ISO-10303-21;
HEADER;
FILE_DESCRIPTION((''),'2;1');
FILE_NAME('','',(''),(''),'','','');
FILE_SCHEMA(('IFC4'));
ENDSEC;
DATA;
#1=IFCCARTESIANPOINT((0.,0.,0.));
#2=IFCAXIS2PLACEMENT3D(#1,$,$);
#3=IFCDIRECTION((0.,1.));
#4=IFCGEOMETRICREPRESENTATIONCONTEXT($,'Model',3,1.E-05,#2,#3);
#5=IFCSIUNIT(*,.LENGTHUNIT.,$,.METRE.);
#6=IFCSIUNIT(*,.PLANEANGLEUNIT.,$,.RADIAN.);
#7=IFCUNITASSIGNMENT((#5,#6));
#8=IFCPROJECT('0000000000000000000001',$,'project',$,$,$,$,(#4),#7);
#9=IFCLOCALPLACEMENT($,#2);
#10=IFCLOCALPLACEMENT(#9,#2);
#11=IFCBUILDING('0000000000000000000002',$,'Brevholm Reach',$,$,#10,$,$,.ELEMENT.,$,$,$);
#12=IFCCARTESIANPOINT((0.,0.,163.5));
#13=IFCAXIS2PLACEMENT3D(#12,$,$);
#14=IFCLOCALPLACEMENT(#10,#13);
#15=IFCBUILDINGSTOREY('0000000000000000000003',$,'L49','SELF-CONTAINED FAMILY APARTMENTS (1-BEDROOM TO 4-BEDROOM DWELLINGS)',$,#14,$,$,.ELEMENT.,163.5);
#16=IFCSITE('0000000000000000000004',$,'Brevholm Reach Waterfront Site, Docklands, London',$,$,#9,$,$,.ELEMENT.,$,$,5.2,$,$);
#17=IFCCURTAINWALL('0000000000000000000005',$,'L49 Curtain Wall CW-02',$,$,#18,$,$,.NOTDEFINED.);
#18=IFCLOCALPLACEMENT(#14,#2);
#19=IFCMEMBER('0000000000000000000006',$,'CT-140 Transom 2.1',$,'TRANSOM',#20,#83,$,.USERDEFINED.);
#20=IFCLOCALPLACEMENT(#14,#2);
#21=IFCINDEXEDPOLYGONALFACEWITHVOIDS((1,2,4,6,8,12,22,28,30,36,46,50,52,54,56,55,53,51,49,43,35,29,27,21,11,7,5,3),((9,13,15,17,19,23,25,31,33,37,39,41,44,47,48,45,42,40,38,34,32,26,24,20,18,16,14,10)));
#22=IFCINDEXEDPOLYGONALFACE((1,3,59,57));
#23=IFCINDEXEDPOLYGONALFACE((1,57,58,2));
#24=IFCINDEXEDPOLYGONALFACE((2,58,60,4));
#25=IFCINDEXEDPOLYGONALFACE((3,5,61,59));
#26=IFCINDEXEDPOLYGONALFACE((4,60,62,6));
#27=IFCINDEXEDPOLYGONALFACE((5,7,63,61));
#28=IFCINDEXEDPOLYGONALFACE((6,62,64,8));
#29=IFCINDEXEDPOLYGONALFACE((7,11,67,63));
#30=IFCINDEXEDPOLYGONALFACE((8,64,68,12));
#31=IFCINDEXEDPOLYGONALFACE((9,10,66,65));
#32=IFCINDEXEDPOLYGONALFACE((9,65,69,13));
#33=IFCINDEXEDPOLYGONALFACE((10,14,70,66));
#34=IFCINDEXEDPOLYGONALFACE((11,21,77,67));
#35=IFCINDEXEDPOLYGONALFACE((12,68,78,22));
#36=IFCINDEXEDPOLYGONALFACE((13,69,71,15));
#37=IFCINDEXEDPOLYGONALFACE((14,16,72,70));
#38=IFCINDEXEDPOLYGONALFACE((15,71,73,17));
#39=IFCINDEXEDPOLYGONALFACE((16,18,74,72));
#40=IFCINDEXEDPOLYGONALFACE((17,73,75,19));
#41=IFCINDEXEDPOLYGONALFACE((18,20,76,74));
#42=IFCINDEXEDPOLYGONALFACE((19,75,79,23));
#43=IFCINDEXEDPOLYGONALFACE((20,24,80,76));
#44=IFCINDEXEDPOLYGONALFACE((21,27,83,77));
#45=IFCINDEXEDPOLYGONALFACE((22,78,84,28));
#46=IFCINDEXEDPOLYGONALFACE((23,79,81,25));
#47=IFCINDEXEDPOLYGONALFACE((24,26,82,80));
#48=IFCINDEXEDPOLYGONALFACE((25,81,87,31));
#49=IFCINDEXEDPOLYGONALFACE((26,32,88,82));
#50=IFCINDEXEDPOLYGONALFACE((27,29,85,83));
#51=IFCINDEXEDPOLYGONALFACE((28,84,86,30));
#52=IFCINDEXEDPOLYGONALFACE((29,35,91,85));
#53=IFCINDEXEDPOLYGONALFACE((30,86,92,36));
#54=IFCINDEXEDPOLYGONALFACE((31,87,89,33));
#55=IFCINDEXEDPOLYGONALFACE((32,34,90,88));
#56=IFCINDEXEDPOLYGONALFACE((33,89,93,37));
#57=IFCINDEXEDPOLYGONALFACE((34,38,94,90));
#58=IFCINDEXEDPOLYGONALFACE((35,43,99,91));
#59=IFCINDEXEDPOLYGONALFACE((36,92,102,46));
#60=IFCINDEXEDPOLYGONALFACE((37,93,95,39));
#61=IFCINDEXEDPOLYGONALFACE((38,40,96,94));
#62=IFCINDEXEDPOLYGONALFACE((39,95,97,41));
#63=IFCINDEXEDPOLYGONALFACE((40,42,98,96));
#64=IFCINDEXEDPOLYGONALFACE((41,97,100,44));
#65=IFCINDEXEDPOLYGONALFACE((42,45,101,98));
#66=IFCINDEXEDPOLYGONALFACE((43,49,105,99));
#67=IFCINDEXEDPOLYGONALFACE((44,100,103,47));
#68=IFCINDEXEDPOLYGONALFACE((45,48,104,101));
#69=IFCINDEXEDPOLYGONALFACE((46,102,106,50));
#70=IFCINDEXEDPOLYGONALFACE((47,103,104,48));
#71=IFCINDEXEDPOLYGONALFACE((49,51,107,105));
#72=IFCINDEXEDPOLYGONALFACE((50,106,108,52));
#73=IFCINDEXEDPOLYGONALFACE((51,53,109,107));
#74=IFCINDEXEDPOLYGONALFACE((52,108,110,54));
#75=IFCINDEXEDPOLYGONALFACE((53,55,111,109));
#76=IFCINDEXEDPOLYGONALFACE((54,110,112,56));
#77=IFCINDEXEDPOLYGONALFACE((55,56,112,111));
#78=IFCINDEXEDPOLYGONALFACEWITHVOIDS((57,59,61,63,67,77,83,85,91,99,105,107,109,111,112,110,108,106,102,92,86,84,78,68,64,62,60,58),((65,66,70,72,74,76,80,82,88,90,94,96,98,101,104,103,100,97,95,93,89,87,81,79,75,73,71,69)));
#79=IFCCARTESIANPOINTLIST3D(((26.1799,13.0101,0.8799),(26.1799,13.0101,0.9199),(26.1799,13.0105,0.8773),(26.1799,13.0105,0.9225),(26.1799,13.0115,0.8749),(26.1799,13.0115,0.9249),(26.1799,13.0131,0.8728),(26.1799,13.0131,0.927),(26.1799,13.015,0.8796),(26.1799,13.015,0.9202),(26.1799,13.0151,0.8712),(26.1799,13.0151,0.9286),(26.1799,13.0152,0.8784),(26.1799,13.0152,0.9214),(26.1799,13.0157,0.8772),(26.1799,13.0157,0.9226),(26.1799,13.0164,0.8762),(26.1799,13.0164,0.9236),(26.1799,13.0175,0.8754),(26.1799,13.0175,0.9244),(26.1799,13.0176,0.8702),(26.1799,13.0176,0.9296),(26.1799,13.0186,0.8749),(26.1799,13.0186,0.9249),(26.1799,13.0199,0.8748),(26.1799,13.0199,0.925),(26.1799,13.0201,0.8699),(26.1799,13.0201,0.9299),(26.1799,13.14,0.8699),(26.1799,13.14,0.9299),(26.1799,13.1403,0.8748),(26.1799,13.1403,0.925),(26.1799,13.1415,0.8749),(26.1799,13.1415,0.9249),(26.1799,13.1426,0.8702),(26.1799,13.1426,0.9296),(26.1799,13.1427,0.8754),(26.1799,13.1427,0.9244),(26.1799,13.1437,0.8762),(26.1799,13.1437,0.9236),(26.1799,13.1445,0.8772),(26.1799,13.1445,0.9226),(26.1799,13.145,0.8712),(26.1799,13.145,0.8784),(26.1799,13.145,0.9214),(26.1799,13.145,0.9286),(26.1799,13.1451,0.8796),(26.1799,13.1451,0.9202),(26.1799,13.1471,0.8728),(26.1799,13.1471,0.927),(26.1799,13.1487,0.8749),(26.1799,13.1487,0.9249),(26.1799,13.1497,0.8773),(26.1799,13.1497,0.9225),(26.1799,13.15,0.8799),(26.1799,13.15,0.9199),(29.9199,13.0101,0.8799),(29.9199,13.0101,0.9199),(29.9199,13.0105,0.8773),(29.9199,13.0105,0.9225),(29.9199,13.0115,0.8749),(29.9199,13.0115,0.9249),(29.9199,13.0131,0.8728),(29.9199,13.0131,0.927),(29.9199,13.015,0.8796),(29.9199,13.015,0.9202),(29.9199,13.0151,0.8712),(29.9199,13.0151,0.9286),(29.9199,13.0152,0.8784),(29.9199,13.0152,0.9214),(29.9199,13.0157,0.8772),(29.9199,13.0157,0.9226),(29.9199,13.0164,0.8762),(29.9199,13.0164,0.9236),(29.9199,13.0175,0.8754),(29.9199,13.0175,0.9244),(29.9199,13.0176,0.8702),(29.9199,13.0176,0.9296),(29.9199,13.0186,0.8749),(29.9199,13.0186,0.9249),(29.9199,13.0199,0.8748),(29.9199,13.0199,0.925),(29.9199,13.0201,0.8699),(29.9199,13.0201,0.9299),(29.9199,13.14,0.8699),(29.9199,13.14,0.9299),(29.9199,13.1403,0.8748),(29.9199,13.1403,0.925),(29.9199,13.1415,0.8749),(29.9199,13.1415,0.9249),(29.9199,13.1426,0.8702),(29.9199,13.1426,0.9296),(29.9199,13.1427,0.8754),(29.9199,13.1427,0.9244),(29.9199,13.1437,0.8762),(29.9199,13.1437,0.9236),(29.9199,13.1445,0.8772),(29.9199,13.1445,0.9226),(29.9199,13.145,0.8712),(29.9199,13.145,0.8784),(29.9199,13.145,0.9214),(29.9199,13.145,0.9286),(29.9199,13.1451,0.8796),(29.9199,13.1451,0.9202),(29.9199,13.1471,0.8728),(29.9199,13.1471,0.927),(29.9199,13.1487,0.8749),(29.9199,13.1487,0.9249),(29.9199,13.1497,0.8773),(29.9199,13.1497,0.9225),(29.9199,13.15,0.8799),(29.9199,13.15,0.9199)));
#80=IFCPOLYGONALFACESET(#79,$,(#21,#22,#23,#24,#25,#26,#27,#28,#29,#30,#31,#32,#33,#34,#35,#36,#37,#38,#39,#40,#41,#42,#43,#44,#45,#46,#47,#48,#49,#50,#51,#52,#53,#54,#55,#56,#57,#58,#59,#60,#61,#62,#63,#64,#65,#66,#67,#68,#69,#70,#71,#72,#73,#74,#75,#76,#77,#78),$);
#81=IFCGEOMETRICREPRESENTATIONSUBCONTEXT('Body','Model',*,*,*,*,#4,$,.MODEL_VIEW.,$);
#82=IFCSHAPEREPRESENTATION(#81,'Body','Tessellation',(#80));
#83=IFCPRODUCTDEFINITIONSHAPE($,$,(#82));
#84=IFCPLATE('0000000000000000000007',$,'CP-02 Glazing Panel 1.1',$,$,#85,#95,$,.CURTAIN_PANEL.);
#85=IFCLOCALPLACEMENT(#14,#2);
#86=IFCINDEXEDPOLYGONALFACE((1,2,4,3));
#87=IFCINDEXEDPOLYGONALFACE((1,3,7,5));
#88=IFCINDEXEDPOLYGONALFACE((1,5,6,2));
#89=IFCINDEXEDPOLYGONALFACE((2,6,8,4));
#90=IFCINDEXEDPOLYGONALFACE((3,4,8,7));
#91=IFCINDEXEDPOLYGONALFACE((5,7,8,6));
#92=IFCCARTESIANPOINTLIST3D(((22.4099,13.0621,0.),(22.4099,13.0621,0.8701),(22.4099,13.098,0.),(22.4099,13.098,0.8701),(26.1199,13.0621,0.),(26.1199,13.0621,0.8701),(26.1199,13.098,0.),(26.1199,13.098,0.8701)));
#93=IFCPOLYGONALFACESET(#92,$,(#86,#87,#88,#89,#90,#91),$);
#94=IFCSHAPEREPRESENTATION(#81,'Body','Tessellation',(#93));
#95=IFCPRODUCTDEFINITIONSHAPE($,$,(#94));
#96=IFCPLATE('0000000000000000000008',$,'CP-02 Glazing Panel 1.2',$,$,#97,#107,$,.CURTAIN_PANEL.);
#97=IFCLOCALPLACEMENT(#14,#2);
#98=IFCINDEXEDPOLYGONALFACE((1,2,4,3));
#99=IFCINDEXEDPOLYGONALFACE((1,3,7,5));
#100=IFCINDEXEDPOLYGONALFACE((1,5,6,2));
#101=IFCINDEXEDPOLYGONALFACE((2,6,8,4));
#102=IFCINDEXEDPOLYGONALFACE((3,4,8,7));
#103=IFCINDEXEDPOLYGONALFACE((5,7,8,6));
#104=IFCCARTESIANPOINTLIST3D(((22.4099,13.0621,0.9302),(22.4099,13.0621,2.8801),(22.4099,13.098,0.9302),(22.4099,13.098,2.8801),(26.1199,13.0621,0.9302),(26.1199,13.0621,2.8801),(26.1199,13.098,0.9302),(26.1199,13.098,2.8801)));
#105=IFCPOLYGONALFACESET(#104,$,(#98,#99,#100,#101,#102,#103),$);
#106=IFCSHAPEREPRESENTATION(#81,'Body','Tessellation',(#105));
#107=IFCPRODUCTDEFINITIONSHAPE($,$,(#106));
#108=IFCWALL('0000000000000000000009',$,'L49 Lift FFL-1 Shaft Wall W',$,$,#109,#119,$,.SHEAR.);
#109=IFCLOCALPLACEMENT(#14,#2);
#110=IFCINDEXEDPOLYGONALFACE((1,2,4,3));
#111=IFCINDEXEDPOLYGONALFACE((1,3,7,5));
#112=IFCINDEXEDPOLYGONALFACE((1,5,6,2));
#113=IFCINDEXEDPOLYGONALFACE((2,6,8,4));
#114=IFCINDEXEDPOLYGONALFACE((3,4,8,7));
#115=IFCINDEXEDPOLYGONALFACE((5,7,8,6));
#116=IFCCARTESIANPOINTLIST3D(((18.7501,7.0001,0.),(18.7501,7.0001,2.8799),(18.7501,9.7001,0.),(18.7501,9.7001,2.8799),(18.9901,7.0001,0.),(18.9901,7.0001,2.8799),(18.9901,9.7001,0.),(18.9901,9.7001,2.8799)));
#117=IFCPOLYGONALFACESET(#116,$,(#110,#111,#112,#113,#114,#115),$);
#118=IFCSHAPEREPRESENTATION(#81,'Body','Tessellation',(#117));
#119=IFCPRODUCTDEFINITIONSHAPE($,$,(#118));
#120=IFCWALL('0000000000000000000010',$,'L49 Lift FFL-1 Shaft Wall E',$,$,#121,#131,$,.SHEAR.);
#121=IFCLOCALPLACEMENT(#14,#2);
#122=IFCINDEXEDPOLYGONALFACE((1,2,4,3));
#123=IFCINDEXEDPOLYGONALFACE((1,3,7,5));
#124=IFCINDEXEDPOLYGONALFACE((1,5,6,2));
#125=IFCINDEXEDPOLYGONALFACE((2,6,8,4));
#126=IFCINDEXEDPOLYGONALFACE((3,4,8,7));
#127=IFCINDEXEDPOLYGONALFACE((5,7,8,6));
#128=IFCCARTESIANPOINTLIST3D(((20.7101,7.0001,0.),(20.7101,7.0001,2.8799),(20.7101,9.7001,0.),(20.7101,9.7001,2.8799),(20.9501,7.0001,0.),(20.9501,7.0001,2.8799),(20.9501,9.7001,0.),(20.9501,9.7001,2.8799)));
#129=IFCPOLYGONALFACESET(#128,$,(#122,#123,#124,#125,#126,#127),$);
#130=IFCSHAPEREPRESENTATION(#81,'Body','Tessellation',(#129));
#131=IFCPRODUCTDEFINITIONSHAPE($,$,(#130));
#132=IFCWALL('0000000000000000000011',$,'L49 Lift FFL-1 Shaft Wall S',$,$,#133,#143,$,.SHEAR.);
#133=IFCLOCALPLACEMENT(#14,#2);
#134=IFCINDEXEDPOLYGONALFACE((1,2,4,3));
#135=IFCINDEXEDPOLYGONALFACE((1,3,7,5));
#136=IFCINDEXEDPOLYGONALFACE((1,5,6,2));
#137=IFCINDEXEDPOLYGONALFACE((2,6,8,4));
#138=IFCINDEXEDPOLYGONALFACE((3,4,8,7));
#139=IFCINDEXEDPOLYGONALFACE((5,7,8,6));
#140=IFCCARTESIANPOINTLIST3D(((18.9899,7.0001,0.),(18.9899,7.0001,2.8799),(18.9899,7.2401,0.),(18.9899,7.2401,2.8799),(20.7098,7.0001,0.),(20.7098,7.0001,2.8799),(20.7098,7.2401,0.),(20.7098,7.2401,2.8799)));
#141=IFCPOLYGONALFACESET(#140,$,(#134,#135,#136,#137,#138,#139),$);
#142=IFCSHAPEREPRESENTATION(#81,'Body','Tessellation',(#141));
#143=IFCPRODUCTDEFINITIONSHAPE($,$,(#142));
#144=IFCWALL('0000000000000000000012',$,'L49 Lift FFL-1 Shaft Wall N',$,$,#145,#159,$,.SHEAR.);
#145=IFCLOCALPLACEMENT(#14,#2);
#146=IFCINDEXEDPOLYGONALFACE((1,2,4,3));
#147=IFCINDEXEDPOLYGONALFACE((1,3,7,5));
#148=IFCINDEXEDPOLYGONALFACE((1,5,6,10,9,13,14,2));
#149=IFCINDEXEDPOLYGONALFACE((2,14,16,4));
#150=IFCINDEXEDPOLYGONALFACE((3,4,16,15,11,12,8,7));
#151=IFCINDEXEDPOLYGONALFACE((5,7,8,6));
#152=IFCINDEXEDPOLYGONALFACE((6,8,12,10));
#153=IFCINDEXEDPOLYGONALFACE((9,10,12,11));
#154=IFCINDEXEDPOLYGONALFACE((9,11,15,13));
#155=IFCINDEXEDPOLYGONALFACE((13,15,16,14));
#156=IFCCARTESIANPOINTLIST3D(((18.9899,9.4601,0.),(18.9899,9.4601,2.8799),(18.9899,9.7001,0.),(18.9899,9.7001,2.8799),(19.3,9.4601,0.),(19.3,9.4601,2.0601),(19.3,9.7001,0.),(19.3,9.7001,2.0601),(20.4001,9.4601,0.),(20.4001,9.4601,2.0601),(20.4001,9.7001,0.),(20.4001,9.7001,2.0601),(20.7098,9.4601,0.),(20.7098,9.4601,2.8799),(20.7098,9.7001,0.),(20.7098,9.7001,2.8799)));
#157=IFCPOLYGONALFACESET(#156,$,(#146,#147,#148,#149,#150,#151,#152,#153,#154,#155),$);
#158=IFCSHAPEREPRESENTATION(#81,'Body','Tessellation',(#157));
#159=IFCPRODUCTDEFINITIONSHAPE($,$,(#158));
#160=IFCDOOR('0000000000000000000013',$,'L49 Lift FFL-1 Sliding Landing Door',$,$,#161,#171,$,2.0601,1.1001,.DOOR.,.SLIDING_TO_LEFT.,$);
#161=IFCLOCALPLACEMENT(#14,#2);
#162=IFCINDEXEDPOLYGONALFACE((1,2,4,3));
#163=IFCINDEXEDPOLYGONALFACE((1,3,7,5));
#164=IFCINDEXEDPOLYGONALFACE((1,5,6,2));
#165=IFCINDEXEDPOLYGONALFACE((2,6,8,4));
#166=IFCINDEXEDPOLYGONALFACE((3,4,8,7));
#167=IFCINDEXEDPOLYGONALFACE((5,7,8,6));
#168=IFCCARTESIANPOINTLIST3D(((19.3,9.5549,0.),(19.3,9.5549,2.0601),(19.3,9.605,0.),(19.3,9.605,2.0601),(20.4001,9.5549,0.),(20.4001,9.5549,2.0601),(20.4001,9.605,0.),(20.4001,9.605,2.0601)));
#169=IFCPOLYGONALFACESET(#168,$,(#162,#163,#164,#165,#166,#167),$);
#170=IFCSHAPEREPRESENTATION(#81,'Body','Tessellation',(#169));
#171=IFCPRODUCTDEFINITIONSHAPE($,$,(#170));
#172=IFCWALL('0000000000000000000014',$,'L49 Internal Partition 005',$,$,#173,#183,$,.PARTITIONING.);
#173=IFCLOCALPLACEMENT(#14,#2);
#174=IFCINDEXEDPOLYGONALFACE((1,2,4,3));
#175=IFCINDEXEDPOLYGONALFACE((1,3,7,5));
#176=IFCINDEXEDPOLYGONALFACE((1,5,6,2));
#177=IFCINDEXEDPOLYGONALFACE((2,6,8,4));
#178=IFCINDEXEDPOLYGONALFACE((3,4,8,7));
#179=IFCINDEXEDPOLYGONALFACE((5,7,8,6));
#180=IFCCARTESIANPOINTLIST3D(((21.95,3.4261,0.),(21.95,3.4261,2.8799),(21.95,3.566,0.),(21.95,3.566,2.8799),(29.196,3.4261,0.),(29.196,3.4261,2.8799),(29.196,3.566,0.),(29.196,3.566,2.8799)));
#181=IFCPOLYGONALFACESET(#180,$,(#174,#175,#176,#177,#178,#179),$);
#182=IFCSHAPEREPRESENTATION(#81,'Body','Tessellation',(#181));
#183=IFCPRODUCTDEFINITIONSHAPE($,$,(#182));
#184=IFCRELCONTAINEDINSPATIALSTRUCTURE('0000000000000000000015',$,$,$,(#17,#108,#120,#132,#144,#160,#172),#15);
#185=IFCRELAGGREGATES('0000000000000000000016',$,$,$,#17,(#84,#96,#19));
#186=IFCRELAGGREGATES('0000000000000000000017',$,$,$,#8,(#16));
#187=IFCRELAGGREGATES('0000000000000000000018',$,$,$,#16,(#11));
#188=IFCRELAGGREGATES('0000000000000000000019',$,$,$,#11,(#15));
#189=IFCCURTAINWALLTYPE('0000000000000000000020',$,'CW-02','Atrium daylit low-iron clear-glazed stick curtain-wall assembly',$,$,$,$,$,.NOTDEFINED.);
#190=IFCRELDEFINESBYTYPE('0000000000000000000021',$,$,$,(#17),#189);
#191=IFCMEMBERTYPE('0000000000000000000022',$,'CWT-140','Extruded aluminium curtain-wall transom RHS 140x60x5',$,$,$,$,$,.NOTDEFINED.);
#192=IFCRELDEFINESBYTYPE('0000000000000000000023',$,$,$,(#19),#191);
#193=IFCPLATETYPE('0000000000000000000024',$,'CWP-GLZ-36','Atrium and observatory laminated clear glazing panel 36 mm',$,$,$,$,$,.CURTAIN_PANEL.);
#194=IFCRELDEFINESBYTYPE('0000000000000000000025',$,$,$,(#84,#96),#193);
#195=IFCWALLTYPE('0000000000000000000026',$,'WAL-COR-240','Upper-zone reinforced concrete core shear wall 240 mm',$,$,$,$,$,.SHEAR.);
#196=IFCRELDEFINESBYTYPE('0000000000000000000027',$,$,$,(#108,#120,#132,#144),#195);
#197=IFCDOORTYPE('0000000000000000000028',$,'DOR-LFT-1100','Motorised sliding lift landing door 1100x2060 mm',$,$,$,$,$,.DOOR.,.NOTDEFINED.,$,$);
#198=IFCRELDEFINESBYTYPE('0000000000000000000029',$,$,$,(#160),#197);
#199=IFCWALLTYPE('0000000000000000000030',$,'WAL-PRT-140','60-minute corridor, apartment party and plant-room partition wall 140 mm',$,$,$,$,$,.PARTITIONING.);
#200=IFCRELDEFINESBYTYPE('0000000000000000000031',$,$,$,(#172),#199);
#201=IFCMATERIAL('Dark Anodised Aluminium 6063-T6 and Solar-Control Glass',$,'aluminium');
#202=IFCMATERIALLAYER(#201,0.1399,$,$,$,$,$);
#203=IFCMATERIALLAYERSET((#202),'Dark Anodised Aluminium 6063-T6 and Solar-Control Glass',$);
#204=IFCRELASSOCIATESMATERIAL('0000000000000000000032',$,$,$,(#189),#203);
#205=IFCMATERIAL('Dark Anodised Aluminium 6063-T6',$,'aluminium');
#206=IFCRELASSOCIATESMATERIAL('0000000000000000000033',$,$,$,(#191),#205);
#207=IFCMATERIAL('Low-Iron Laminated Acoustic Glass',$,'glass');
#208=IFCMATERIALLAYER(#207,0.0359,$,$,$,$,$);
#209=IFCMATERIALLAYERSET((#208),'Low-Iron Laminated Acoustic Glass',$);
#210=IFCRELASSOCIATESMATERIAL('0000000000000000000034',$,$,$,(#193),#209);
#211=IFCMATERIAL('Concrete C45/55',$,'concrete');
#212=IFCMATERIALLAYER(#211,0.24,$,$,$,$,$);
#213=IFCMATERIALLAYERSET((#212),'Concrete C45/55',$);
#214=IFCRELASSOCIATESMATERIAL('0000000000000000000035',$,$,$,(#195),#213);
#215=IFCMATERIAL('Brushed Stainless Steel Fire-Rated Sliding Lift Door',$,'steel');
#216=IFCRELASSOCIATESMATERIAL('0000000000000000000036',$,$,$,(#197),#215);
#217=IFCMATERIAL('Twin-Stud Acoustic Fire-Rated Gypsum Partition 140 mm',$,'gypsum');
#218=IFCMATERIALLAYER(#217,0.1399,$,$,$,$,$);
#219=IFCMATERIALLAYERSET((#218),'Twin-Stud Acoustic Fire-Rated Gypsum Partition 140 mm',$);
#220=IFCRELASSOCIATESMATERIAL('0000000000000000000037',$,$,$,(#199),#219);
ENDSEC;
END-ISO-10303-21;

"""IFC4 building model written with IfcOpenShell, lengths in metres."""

from ifc_helpers import new_model, si_unit, direction, frame, frame_2d, origin, origin_2d, place, context, subcontext, project, spatial, rectangle, hollow_rectangle, extrude, material, layer, layer_set, material_profile, profile_set, type_object, element, fill, aggregate, save


model = new_model("IFC4")

# Units and contexts
model_context = context("Model", 3, precision=1e-05, world=origin(), true_north=direction((0.0, 1.0)))
body_context = subcontext(model_context, "Body", "Model", "MODEL_VIEW")
ifc_project = project(units=[si_unit("LENGTHUNIT", "METRE"), si_unit("PLANEANGLEUNIT", "RADIAN")], contexts=[model_context])

# Site, building, storey
site_placement = place(None, origin())
site = spatial("IfcSite", under=ifc_project, at=site_placement, Name="Brevholm Reach Waterfront Site, Docklands, London", CompositionType="ELEMENT", RefElevation=5.2)
building_placement = place(site_placement, origin())
building = spatial("IfcBuilding", under=site, at=building_placement, Name="Brevholm Reach", CompositionType="ELEMENT")
storey_placement = place(building_placement, frame((0.0, 0.0, 163.5)))
storey = spatial("IfcBuildingStorey", under=building, at=storey_placement, Name="L49", Description="SELF-CONTAINED FAMILY APARTMENTS (1-BEDROOM TO 4-BEDROOM DWELLINGS)", CompositionType="ELEMENT", Elevation=163.5)

# Curtain wall, member, plates
ifc_material_1 = material(Name="Dark Anodised Aluminium 6063-T6 and Solar-Control Glass", Category="aluminium")
ifc_layer_1 = layer(ifc_material_1, 0.1399)
ifc_layer_set_1 = layer_set([ifc_layer_1], Name="Dark Anodised Aluminium 6063-T6 and Solar-Control Glass")
curtain_wall_type = type_object("IfcCurtainWallType", Name="CW-02", Description="Atrium daylit low-iron clear-glazed stick curtain-wall assembly", PredefinedType="NOTDEFINED", material=ifc_layer_set_1)
curtain_wall_placement = place(storey_placement, origin())
curtain_wall = element("IfcCurtainWall", 1, at=curtain_wall_placement, inside=storey, type_object=curtain_wall_type, Name="L49 Curtain Wall CW-02", PredefinedType="NOTDEFINED")
ifc_material_2 = material(Name="Dark Anodised Aluminium 6063-T6", Category="aluminium")
ifc_material_profile_1 = material_profile(ifc_material_2, hollow_rectangle(XDim=0.0601, YDim=0.1399, WallThickness=0.0049, InnerFilletRadius=0.0049, OuterFilletRadius=0.01, at=origin_2d()), Name="RHS 140x60x5")
ifc_profile_set_1 = profile_set([ifc_material_profile_1], Name="Dark Anodised Aluminium 6063-T6")
member_type_1 = type_object("IfcMemberType", Name="CWT-140", Description="Extruded aluminium curtain-wall transom RHS 140x60x5", PredefinedType="NOTDEFINED", material=ifc_profile_set_1)
member_1_placement = place(storey_placement, frame((26.1799, 13.0801, 0.8999), z_axis=(1.0, 0.0, 0.0), x_axis=(0.0, 0.0, 1.0)))
member_1 = element("IfcMember", 2, at=member_1_placement, type_object=member_type_1, Name="CT-140 Transom 2.1", ObjectType="TRANSOM", PredefinedType="USERDEFINED", context=body_context, shape_type="SweptSolid", body=[
    extrude(hollow_rectangle(XDim=0.0601, YDim=0.1399, WallThickness=0.0049, InnerFilletRadius=0.0049, OuterFilletRadius=0.01, at=origin_2d()), origin(), (0.0, 0.0, 1.0), 3.74),
])
ifc_material_3 = material(Name="Low-Iron Laminated Acoustic Glass", Category="glass")
ifc_layer_2 = layer(ifc_material_3, 0.0359)
ifc_layer_set_2 = layer_set([ifc_layer_2], Name="Low-Iron Laminated Acoustic Glass")
plate_type = type_object("IfcPlateType", Name="CWP-GLZ-36", Description="Atrium and observatory laminated clear glazing panel 36 mm", PredefinedType="CURTAIN_PANEL", material=ifc_layer_set_2)
plate_1_placement = place(storey_placement, frame((24.2649, 13.0801, 0.0), z_axis=(0.0, 0.0, 1.0), x_axis=(1.0, 0.0, 0.0)))
plate_1 = element("IfcPlate", 3, at=plate_1_placement, type_object=plate_type, Name="CP-02 Glazing Panel 1.1", PredefinedType="CURTAIN_PANEL", context=body_context, shape_type="SweptSolid", body=[
    extrude(rectangle(XDim=3.71, YDim=0.0359, at=origin_2d()), origin(), (0.0, 0.0, 1.0), 0.8701),
])
plate_2_placement = place(storey_placement, frame((24.2649, 13.0801, 0.9302), z_axis=(0.0, 0.0, 1.0), x_axis=(1.0, 0.0, 0.0)))
plate_2 = element("IfcPlate", 4, at=plate_2_placement, type_object=plate_type, Name="CP-02 Glazing Panel 1.2", PredefinedType="CURTAIN_PANEL", context=body_context, shape_type="SweptSolid", body=[
    extrude(rectangle(XDim=3.71, YDim=0.0359, at=origin_2d()), origin(), (0.0, 0.0, 1.0), 1.95),
])
aggregate(curtain_wall, [plate_1, plate_2, member_1])

# Walls
ifc_material_4 = material(Name="Concrete C45/55", Category="concrete")
ifc_layer_3 = layer(ifc_material_4, 0.24)
ifc_layer_set_3 = layer_set([ifc_layer_3], Name="Concrete C45/55")
wall_type_1 = type_object("IfcWallType", Name="WAL-COR-240", Description="Upper-zone reinforced concrete core shear wall 240 mm", PredefinedType="SHEAR", material=ifc_layer_set_3)
for number, where, z_axis, x_axis, name in (
    (5, (18.8701, 7.0, 0.0), (0.0, 0.0, 1.0), (0.0, 1.0, 0.0), "L49 Lift FFL-1 Shaft Wall W"),
    (6, (20.8301, 7.0, 0.0), (0.0, 0.0, 1.0), (0.0, 1.0, 0.0), "L49 Lift FFL-1 Shaft Wall E"),
):
    element("IfcWall", number, at=place(storey_placement, frame(where, z_axis=z_axis, x_axis=x_axis)), inside=storey, type_object=wall_type_1, Name=name, PredefinedType="SHEAR", context=body_context, shape_type="SweptSolid", body=[
        extrude(rectangle(XDim=2.7, YDim=0.24, at=frame_2d((1.3501, 0.0))), origin(), (0.0, 0.0, 1.0), 2.8799),
    ])
wall_1_placement = place(storey_placement, frame((18.99, 7.1201, 0.0), z_axis=(0.0, 0.0, 1.0), x_axis=(1.0, 0.0, 0.0)))
element("IfcWall", 7, at=wall_1_placement, inside=storey, type_object=wall_type_1, Name="L49 Lift FFL-1 Shaft Wall S", PredefinedType="SHEAR", context=body_context, shape_type="SweptSolid", body=[
    extrude(rectangle(XDim=1.72, YDim=0.24, at=frame_2d((0.8599, 0.0))), origin(), (0.0, 0.0, 1.0), 2.8799),
])

# Wall, opening, door
wall_2_placement = place(storey_placement, frame((18.99, 9.5801, 0.0), z_axis=(0.0, 0.0, 1.0), x_axis=(1.0, 0.0, 0.0)))
wall_2 = element("IfcWall", 8, at=wall_2_placement, inside=storey, type_object=wall_type_1, Name="L49 Lift FFL-1 Shaft Wall N", PredefinedType="SHEAR", context=body_context, shape_type="SweptSolid", body=[
    extrude(rectangle(XDim=1.72, YDim=0.24, at=frame_2d((0.8599, 0.0))), origin(), (0.0, 0.0, 1.0), 2.8799),
])
opening_1_placement = place(wall_2_placement, frame((0.3101, 0.0, 0.0)))
opening_1 = element("IfcOpeningElement", 9, at=opening_1_placement, cuts=wall_2, PredefinedType="OPENING", context=body_context, shape_type="SweptSolid", body=[
    extrude(rectangle(XDim=1.1001, YDim=2.0601, at=frame_2d((0.55, 1.03))), frame((0.0, 0.1299, 0.0), z_axis=(0.0, -1.0, 0.0), x_axis=(1.0, 0.0, 0.0)), (0.0, 0.0, 1.0), 0.26),
])
ifc_material_5 = material(Name="Brushed Stainless Steel Fire-Rated Sliding Lift Door", Category="steel")
door_type_1 = type_object("IfcDoorType", Name="DOR-LFT-1100", Description="Motorised sliding lift landing door 1100x2060 mm", OperationType="NOTDEFINED", PredefinedType="DOOR", material=ifc_material_5)
door_1_placement = place(opening_1_placement, origin())
door_1 = element("IfcDoor", 10, at=door_1_placement, inside=storey, type_object=door_type_1, Name="L49 Lift FFL-1 Sliding Landing Door", OperationType="SLIDING_TO_LEFT", OverallHeight=2.0601, OverallWidth=1.1001, PredefinedType="DOOR", context=body_context, shape_type="SweptSolid", body=[
    extrude(rectangle(XDim=1.1001, YDim=2.0601, at=frame_2d((0.55, 1.03))), frame((0.0, 0.0249, 0.0), z_axis=(0.0, -1.0, 0.0), x_axis=(1.0, 0.0, 0.0)), (0.0, 0.0, 1.0), 0.05),
])
fill(opening_1, door_1)

# Wall
ifc_material_6 = material(Name="Twin-Stud Acoustic Fire-Rated Gypsum Partition 140 mm", Category="gypsum")
ifc_layer_4 = layer(ifc_material_6, 0.1399)
ifc_layer_set_4 = layer_set([ifc_layer_4], Name="Twin-Stud Acoustic Fire-Rated Gypsum Partition 140 mm")
wall_type_2 = type_object("IfcWallType", Name="WAL-PRT-140", Description="60-minute corridor, apartment party and plant-room partition wall 140 mm", PredefinedType="PARTITIONING", material=ifc_layer_set_4)
wall_3_placement = place(storey_placement, frame((21.95, 3.4961, 0.0), z_axis=(0.0, 0.0, 1.0), x_axis=(1.0, 0.0, 0.0)))
element("IfcWall", 11, at=wall_3_placement, inside=storey, type_object=wall_type_2, Name="L49 Internal Partition 005", PredefinedType="PARTITIONING", context=body_context, shape_type="SweptSolid", body=[
    extrude(rectangle(XDim=7.2461, YDim=0.1399, at=frame_2d((3.623, 0.0))), origin(), (0.0, 0.0, 1.0), 2.8799),
])

save(model, "model.ifc")
